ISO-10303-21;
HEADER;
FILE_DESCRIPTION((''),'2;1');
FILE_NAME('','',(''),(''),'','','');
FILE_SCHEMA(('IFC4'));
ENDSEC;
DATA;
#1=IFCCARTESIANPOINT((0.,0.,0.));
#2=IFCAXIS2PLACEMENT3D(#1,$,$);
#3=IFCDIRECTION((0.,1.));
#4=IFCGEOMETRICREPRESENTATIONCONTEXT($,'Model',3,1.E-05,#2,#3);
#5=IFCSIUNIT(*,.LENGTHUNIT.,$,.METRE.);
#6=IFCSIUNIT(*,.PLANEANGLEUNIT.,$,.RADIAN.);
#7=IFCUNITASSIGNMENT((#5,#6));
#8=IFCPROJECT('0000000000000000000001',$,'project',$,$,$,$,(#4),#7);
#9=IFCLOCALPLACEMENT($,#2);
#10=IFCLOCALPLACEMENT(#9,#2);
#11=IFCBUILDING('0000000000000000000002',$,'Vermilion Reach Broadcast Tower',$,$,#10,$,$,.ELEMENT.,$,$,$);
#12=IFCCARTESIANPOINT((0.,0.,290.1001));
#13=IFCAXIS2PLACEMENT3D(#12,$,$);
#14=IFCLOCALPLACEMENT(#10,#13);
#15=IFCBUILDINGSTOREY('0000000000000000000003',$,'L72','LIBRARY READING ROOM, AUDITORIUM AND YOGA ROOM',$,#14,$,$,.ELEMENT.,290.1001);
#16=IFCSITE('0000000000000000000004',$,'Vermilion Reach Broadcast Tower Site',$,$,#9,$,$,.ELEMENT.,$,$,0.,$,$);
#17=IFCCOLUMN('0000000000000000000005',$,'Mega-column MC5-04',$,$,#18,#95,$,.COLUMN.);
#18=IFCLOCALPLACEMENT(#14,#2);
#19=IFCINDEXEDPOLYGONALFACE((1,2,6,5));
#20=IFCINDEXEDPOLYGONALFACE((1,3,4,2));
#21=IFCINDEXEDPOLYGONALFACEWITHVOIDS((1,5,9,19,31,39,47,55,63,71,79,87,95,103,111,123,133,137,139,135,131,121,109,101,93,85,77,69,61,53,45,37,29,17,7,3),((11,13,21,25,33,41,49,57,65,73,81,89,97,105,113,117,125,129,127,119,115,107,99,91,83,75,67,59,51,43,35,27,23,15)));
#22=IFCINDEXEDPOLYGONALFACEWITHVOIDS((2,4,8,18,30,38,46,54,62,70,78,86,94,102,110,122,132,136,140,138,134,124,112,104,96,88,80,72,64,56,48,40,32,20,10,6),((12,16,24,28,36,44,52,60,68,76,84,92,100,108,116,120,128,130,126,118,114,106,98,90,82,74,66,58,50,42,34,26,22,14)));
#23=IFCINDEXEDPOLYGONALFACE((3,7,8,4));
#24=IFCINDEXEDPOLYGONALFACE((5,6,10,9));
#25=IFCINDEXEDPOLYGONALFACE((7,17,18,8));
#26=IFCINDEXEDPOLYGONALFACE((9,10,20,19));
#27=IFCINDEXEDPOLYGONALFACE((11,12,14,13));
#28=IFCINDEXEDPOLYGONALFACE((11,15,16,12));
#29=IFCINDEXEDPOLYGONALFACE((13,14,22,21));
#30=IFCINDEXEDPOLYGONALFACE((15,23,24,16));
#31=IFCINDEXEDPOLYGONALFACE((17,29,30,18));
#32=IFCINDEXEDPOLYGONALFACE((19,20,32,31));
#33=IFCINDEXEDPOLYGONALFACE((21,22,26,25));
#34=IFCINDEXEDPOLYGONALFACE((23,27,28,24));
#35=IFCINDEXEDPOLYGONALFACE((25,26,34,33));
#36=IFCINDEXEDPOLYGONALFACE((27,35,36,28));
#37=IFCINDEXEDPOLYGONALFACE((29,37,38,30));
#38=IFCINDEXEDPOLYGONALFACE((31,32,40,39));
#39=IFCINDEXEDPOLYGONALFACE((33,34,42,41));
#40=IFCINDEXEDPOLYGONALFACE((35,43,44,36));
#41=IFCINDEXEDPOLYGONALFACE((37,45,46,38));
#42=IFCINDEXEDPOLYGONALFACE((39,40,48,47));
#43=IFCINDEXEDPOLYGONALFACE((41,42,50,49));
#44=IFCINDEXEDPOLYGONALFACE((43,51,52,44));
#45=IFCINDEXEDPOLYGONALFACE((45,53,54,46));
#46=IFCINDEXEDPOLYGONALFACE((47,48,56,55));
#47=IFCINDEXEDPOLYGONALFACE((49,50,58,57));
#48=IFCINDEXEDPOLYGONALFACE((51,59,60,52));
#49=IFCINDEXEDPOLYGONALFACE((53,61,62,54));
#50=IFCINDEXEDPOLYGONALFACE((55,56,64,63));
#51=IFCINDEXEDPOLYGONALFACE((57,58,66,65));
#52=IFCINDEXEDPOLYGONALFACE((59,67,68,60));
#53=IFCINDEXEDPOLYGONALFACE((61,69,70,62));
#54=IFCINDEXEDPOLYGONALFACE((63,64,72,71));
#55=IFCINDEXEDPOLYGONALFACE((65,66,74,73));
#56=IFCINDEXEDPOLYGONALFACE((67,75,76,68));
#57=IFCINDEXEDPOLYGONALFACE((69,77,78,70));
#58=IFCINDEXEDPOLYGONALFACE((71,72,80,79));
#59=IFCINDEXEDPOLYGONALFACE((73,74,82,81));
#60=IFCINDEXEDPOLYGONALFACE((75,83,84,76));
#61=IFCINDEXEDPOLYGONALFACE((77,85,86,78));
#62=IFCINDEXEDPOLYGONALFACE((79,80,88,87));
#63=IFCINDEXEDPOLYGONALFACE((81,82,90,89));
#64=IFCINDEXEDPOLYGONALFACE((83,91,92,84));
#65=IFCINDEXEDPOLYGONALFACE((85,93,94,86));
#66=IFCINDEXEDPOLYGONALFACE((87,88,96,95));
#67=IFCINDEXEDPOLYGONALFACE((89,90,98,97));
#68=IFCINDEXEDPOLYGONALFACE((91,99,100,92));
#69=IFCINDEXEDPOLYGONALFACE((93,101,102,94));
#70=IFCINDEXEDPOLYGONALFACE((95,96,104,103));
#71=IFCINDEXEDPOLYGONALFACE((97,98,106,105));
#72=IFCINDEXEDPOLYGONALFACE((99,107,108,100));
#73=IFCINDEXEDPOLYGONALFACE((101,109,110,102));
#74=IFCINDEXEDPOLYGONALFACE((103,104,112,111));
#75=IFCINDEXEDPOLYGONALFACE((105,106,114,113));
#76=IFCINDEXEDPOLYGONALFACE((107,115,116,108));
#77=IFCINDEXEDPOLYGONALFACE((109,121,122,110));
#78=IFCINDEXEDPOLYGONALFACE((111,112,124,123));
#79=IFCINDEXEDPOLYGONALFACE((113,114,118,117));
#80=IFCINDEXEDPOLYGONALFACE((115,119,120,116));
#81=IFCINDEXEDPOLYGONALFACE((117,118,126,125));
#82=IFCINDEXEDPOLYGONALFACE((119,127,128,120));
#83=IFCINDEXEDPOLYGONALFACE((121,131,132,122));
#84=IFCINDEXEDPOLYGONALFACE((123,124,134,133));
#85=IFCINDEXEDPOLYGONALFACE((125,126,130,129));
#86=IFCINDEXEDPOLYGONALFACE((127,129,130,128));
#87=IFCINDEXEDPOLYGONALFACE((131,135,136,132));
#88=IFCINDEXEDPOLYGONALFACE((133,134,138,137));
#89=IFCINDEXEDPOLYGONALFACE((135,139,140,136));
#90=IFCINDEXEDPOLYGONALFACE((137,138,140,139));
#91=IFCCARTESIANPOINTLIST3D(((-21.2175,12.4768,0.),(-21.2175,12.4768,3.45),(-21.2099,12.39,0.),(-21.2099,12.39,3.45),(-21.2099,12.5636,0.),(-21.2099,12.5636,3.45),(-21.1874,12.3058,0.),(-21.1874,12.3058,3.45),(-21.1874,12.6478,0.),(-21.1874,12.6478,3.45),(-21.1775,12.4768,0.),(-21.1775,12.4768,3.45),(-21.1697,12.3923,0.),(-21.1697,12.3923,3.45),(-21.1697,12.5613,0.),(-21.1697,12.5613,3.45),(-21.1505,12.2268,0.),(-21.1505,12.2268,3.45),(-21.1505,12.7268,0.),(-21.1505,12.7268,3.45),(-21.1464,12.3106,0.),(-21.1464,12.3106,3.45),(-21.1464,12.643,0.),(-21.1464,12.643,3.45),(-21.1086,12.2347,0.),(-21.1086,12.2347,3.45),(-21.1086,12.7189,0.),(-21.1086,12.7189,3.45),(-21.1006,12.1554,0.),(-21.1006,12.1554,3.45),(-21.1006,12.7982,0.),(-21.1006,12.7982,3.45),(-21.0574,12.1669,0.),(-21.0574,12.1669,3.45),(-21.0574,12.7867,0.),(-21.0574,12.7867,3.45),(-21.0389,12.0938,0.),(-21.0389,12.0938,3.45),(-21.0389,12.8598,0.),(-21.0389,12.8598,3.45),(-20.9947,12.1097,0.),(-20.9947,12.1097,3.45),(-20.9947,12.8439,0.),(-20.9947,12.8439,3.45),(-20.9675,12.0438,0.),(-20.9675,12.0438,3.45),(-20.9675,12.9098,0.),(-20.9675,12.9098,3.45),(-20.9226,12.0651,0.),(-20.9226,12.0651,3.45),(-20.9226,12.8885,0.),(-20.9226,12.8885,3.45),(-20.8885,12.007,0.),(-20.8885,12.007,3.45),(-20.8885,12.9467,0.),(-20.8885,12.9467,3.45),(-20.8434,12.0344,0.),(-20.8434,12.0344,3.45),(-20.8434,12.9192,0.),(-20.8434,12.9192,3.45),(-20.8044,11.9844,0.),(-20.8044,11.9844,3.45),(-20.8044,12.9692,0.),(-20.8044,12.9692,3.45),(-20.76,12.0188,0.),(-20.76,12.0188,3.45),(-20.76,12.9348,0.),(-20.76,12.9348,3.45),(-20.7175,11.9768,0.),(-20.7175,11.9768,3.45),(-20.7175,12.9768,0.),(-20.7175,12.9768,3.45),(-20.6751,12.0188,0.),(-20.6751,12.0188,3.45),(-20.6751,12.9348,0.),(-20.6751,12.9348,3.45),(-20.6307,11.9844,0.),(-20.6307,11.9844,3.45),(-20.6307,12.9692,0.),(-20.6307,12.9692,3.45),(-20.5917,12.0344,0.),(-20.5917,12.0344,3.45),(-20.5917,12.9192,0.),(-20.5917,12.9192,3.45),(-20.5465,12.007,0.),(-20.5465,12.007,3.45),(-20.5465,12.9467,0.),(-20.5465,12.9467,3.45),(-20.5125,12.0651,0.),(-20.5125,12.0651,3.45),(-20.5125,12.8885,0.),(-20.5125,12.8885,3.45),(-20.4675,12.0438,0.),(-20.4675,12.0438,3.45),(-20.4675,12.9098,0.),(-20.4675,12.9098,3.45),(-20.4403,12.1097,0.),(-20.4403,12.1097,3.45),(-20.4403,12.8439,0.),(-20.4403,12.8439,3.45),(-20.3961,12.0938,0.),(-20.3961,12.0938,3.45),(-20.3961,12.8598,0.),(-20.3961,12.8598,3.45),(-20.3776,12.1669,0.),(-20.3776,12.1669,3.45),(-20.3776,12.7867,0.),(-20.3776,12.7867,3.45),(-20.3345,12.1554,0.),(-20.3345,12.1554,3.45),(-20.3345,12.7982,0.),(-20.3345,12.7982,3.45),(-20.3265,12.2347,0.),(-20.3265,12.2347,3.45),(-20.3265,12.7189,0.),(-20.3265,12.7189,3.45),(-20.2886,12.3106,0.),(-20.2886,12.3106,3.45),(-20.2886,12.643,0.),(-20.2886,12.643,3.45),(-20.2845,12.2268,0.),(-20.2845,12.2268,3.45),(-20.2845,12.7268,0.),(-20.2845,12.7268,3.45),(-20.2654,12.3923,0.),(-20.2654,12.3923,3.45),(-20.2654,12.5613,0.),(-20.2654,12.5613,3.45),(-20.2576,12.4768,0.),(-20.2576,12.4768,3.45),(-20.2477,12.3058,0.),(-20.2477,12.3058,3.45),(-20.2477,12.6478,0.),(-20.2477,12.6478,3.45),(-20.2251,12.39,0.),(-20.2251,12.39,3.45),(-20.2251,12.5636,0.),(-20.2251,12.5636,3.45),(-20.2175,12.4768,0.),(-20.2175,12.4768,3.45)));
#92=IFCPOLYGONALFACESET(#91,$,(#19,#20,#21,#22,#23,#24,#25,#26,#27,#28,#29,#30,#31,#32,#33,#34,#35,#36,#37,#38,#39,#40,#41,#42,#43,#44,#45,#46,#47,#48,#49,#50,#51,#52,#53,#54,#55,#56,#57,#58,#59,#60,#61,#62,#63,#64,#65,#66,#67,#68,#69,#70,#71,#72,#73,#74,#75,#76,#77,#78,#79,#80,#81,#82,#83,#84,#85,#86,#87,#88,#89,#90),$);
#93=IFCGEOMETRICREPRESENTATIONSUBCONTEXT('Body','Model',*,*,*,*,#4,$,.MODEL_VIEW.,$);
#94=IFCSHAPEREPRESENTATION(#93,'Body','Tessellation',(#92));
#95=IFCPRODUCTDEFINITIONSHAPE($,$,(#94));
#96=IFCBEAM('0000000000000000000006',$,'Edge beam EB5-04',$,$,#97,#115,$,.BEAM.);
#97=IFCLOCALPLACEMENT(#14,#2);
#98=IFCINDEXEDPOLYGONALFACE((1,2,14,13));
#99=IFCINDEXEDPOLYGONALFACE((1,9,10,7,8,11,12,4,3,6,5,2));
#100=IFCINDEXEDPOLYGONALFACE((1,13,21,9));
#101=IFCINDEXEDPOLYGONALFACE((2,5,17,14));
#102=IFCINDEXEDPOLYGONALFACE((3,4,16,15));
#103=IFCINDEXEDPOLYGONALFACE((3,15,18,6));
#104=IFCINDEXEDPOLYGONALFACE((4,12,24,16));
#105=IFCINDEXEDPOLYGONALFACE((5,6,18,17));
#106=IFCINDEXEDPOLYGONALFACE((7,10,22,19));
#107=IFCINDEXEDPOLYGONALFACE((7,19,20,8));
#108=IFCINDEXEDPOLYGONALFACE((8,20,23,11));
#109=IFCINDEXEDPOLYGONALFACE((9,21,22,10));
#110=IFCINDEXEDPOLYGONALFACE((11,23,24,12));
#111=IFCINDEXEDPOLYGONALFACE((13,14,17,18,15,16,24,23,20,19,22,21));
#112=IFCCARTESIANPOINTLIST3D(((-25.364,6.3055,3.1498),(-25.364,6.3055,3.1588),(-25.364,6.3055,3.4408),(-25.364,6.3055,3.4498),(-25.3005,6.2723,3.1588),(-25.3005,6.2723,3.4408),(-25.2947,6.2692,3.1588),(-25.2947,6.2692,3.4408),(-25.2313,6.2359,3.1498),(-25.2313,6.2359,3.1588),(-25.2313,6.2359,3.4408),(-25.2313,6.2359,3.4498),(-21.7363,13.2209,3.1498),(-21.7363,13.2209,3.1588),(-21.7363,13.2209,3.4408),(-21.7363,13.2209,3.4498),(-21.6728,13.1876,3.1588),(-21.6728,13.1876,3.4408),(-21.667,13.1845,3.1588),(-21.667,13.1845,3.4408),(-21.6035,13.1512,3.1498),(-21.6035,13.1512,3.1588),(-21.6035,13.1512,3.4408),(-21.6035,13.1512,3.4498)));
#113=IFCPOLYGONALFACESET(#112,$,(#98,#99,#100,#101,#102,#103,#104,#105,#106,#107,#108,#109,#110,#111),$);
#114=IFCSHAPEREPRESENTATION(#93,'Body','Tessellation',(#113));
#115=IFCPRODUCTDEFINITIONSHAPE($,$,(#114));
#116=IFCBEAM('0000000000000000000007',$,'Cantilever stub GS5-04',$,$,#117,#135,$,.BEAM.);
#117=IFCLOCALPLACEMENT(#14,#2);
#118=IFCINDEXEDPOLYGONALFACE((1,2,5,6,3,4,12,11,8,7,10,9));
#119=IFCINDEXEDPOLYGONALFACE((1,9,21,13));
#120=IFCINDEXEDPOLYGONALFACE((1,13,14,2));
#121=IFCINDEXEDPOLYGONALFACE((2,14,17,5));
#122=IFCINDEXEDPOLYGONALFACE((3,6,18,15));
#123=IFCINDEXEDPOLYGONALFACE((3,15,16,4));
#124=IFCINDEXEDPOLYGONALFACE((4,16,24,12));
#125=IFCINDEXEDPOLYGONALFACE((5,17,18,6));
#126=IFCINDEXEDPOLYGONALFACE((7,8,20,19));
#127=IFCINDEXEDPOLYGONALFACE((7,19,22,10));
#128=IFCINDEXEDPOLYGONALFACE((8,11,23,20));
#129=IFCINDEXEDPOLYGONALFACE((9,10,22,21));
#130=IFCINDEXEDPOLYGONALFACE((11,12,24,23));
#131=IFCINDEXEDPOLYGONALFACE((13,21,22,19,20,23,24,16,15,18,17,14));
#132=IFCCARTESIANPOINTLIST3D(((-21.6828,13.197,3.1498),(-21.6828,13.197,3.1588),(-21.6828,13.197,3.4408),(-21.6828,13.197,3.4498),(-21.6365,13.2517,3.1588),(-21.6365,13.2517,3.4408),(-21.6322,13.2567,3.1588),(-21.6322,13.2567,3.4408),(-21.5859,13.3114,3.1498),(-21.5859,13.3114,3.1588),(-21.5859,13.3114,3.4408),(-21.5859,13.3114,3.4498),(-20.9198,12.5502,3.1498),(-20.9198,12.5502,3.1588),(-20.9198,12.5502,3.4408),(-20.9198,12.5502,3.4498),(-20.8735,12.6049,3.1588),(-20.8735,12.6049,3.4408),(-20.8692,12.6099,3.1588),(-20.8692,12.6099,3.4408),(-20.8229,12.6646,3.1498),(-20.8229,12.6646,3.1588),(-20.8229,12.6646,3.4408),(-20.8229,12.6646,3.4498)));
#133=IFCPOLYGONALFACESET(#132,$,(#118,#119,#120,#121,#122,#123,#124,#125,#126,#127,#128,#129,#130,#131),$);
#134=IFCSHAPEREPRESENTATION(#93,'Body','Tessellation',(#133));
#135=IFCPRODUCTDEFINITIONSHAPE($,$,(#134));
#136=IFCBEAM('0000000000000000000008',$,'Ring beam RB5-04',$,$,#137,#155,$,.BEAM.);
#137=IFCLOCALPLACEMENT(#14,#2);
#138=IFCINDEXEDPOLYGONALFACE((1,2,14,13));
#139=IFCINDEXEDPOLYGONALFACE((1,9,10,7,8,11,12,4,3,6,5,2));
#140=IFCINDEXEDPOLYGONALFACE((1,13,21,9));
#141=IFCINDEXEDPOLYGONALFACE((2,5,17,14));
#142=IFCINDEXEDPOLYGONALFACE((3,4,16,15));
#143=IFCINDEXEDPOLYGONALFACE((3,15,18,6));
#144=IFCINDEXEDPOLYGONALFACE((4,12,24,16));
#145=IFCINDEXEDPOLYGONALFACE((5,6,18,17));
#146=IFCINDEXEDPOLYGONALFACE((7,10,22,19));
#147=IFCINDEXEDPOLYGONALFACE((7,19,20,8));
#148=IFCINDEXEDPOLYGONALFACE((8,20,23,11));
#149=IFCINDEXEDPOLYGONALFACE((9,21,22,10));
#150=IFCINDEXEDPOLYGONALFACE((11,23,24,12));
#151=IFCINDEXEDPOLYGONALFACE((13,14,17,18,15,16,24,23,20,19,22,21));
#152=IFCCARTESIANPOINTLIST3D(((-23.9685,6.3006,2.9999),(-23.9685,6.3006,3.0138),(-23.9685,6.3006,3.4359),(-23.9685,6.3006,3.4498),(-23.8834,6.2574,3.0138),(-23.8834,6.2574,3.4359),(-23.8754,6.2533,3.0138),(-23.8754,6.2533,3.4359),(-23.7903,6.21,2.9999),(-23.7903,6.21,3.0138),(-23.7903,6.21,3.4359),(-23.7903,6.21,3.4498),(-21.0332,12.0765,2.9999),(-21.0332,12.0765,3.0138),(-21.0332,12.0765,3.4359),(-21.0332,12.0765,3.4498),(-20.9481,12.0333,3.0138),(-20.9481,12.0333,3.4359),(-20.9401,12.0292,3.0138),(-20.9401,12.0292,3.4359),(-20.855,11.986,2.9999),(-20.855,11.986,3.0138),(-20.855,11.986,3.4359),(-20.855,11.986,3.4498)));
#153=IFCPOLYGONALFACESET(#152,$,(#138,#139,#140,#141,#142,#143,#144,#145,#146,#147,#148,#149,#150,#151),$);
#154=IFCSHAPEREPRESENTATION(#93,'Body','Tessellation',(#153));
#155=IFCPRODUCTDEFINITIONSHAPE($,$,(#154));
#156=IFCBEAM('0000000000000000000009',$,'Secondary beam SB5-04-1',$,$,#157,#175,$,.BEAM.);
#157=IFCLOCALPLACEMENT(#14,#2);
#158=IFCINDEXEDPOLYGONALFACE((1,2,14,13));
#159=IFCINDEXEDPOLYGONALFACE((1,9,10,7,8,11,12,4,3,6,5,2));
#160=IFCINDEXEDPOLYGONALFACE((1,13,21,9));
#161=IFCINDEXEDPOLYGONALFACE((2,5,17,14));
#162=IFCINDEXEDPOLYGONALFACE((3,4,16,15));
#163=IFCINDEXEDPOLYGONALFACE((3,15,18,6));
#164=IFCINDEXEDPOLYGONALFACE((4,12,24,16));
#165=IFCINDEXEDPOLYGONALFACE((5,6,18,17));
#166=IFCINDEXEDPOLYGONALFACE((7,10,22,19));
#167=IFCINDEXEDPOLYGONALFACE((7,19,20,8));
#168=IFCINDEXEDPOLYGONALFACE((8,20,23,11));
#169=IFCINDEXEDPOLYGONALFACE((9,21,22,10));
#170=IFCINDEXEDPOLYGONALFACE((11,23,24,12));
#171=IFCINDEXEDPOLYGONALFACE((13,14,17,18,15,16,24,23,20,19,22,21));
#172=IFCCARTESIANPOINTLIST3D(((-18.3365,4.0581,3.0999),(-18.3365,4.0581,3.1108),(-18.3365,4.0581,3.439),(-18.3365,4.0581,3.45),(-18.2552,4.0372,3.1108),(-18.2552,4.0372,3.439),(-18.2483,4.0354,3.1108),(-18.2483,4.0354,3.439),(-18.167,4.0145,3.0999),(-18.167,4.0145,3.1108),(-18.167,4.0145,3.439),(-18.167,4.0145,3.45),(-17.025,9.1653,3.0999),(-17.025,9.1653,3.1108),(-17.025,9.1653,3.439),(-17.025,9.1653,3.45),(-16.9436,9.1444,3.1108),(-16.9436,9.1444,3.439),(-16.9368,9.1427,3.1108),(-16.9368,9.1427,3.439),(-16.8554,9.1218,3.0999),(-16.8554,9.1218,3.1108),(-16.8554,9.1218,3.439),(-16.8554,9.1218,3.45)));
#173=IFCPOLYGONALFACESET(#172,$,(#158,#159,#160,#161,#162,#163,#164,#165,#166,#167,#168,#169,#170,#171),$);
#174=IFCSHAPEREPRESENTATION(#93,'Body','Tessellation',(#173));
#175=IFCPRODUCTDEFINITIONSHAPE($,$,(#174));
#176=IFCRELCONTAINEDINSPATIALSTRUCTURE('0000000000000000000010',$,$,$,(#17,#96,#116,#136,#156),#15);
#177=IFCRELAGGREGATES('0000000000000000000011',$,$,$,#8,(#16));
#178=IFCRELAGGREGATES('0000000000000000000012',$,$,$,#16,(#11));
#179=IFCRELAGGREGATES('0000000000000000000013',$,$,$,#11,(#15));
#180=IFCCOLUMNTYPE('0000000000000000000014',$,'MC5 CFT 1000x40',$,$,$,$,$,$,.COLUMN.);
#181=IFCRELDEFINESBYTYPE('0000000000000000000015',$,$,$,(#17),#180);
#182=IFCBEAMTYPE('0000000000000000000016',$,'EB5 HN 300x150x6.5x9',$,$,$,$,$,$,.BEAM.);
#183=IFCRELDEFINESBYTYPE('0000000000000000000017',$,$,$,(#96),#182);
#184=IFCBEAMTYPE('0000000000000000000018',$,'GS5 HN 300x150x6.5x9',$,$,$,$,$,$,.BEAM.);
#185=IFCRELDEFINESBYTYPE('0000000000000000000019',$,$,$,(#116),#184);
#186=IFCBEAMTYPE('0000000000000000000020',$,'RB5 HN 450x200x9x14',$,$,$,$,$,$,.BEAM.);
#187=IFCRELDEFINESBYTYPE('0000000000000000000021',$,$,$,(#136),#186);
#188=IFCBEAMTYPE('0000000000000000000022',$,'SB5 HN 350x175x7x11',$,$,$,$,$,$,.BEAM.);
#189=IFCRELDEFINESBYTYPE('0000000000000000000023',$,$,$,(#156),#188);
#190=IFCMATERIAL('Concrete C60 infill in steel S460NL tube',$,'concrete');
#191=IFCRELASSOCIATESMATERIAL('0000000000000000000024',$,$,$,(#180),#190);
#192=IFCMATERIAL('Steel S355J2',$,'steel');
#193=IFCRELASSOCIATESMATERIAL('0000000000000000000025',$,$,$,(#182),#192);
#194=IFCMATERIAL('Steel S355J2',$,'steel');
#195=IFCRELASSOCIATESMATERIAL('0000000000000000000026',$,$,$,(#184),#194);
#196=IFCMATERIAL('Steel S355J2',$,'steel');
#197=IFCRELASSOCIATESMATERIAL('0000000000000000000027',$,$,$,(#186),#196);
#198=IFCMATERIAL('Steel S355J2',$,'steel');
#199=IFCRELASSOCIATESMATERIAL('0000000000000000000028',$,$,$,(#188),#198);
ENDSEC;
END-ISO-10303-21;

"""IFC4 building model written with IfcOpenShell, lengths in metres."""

from ifc_helpers import new_model, si_unit, direction, frame, origin, origin_2d, place, context, subcontext, project, spatial, hollow_circle, i_section, extrude, material, material_profile, profile_set, type_object, element, save


model = new_model("IFC4")

# Units and contexts
model_context = context("Model", 3, precision=1e-05, world=origin(), true_north=direction((0.0, 1.0)))
body_context = subcontext(model_context, "Body", "Model", "MODEL_VIEW")
ifc_project = project(units=[si_unit("LENGTHUNIT", "METRE"), si_unit("PLANEANGLEUNIT", "RADIAN")], contexts=[model_context])

# Site, building, storey
site_placement = place(None, origin())
site = spatial("IfcSite", under=ifc_project, at=site_placement, Name="Vermilion Reach Broadcast Tower Site", CompositionType="ELEMENT", RefElevation=0.0)
building_placement = place(site_placement, origin())
building = spatial("IfcBuilding", under=site, at=building_placement, Name="Vermilion Reach Broadcast Tower", CompositionType="ELEMENT")
storey_placement = place(building_placement, frame((0.0, 0.0, 290.1001)))
storey = spatial("IfcBuildingStorey", under=building, at=storey_placement, Name="L72", Description="LIBRARY READING ROOM, AUDITORIUM AND YOGA ROOM", CompositionType="ELEMENT", Elevation=290.1001)

# Column
ifc_material_1 = material(Name="Concrete C60 infill in steel S460NL tube", Category="concrete")
ifc_material_profile_1 = material_profile(ifc_material_1, hollow_circle(Radius=0.5, WallThickness=0.04, at=origin_2d()), Name="Concrete C60 infill in steel S460NL tube CFT 1000x40")
ifc_profile_set_1 = profile_set([ifc_material_profile_1], Name="Concrete C60 infill in steel S460NL tube")
column_type = type_object("IfcColumnType", Name="MC5 CFT 1000x40", PredefinedType="COLUMN", material=ifc_profile_set_1)
column_placement = place(storey_placement, frame((-20.7175, 12.4768, 0.0), z_axis=(0.0, 0.0, 1.0), x_axis=(1.0, 0.0, 0.0)))
element("IfcColumn", 1, at=column_placement, inside=storey, type_object=column_type, Name="Mega-column MC5-04", PredefinedType="COLUMN", context=body_context, shape_type="SweptSolid", body=[
    extrude(hollow_circle(Radius=0.5, WallThickness=0.04, at=origin_2d()), origin(), (0.0, 0.0, 1.0), 3.45),
])

# Beams
ifc_material_2 = material(Name="Steel S355J2", Category="steel")
ifc_material_profile_2 = material_profile(ifc_material_2, i_section(OverallWidth=0.1499, OverallDepth=0.3, WebThickness=0.0066, FlangeThickness=0.009, at=origin_2d()), Name="S355J2 HN 300x150x6.5x9")
ifc_profile_set_2 = profile_set([ifc_material_profile_2], Name="Steel S355J2")
beam_type_1 = type_object("IfcBeamType", Name="EB5 HN 300x150x6.5x9", PredefinedType="BEAM", material=ifc_profile_set_2)
beam_1_placement = place(storey_placement, frame((-21.6699, 13.186, 3.2998), z_axis=(-0.464549, -0.885547, 0.0), x_axis=(0.885547, -0.464549, 0.0)))
element("IfcBeam", 2, at=beam_1_placement, inside=storey, type_object=beam_type_1, Name="Edge beam EB5-04", PredefinedType="BEAM", context=body_context, shape_type="SweptSolid", body=[
    extrude(i_section(OverallWidth=0.1499, OverallDepth=0.3, WebThickness=0.0066, FlangeThickness=0.009, at=origin_2d()), origin(), (0.0, 0.0, 1.0), 7.8091),
])
ifc_material_3 = material(Name="Steel S355J2", Category="steel")
ifc_material_profile_3 = material_profile(ifc_material_3, i_section(OverallWidth=0.1499, OverallDepth=0.3, WebThickness=0.0066, FlangeThickness=0.009, at=origin_2d()), Name="S355J2 HN 300x150x6.5x9")
ifc_profile_set_3 = profile_set([ifc_material_profile_3], Name="Steel S355J2")
beam_type_2 = type_object("IfcBeamType", Name="GS5 HN 300x150x6.5x9", PredefinedType="BEAM", material=ifc_profile_set_3)
beam_2_placement = place(storey_placement, frame((-20.8713, 12.6074, 3.2998), z_axis=(-0.762812, 0.64662, 0.0), x_axis=(-0.64662, -0.762812, 0.0)))
element("IfcBeam", 3, at=beam_2_placement, inside=storey, type_object=beam_type_2, Name="Cantilever stub GS5-04", PredefinedType="BEAM", context=body_context, shape_type="SweptSolid", body=[
    extrude(i_section(OverallWidth=0.1499, OverallDepth=0.3, WebThickness=0.0066, FlangeThickness=0.009, at=origin_2d()), origin(), (0.0, 0.0, 1.0), 1.0002),
])
ifc_material_4 = material(Name="Steel S355J2", Category="steel")
ifc_material_profile_4 = material_profile(ifc_material_4, i_section(OverallWidth=0.2, OverallDepth=0.45, WebThickness=0.009, FlangeThickness=0.0139, at=origin_2d()), Name="S355J2 HN 450x200x9x14")
ifc_profile_set_4 = profile_set([ifc_material_profile_4], Name="Steel S355J2")
beam_type_3 = type_object("IfcBeamType", Name="RB5 HN 450x200x9x14", PredefinedType="BEAM", material=ifc_profile_set_4)
beam_3_placement = place(storey_placement, frame((-20.9441, 12.0312, 3.2249), z_axis=(-0.453052, -0.891484, 0.0), x_axis=(0.891484, -0.453052, 0.0)))
element("IfcBeam", 4, at=beam_3_placement, inside=storey, type_object=beam_type_3, Name="Ring beam RB5-04", PredefinedType="BEAM", context=body_context, shape_type="SweptSolid", body=[
    extrude(i_section(OverallWidth=0.2, OverallDepth=0.45, WebThickness=0.009, FlangeThickness=0.0139, at=origin_2d()), origin(), (0.0, 0.0, 1.0), 6.479),
])
ifc_material_5 = material(Name="Steel S355J2", Category="steel")
ifc_material_profile_5 = material_profile(ifc_material_5, i_section(OverallWidth=0.175, OverallDepth=0.3501, WebThickness=0.0071, FlangeThickness=0.011, at=origin_2d()), Name="S355J2 HN 350x175x7x11")
ifc_profile_set_5 = profile_set([ifc_material_profile_5], Name="Steel S355J2")
beam_type_4 = type_object("IfcBeamType", Name="SB5 HN 350x175x7x11", PredefinedType="BEAM", material=ifc_profile_set_5)
beam_4_placement = place(storey_placement, frame((-16.9402, 9.1436, 3.2749), z_axis=(-0.24873, -0.968573, 0.0), x_axis=(0.968573, -0.24873, 0.0)))
element("IfcBeam", 5, at=beam_4_placement, inside=storey, type_object=beam_type_4, Name="Secondary beam SB5-04-1", PredefinedType="BEAM", context=body_context, shape_type="SweptSolid", body=[
    extrude(i_section(OverallWidth=0.175, OverallDepth=0.3501, WebThickness=0.0071, FlangeThickness=0.011, at=origin_2d()), origin(), (0.0, 0.0, 1.0), 5.2729),
])

save(model, "model.ifc")
